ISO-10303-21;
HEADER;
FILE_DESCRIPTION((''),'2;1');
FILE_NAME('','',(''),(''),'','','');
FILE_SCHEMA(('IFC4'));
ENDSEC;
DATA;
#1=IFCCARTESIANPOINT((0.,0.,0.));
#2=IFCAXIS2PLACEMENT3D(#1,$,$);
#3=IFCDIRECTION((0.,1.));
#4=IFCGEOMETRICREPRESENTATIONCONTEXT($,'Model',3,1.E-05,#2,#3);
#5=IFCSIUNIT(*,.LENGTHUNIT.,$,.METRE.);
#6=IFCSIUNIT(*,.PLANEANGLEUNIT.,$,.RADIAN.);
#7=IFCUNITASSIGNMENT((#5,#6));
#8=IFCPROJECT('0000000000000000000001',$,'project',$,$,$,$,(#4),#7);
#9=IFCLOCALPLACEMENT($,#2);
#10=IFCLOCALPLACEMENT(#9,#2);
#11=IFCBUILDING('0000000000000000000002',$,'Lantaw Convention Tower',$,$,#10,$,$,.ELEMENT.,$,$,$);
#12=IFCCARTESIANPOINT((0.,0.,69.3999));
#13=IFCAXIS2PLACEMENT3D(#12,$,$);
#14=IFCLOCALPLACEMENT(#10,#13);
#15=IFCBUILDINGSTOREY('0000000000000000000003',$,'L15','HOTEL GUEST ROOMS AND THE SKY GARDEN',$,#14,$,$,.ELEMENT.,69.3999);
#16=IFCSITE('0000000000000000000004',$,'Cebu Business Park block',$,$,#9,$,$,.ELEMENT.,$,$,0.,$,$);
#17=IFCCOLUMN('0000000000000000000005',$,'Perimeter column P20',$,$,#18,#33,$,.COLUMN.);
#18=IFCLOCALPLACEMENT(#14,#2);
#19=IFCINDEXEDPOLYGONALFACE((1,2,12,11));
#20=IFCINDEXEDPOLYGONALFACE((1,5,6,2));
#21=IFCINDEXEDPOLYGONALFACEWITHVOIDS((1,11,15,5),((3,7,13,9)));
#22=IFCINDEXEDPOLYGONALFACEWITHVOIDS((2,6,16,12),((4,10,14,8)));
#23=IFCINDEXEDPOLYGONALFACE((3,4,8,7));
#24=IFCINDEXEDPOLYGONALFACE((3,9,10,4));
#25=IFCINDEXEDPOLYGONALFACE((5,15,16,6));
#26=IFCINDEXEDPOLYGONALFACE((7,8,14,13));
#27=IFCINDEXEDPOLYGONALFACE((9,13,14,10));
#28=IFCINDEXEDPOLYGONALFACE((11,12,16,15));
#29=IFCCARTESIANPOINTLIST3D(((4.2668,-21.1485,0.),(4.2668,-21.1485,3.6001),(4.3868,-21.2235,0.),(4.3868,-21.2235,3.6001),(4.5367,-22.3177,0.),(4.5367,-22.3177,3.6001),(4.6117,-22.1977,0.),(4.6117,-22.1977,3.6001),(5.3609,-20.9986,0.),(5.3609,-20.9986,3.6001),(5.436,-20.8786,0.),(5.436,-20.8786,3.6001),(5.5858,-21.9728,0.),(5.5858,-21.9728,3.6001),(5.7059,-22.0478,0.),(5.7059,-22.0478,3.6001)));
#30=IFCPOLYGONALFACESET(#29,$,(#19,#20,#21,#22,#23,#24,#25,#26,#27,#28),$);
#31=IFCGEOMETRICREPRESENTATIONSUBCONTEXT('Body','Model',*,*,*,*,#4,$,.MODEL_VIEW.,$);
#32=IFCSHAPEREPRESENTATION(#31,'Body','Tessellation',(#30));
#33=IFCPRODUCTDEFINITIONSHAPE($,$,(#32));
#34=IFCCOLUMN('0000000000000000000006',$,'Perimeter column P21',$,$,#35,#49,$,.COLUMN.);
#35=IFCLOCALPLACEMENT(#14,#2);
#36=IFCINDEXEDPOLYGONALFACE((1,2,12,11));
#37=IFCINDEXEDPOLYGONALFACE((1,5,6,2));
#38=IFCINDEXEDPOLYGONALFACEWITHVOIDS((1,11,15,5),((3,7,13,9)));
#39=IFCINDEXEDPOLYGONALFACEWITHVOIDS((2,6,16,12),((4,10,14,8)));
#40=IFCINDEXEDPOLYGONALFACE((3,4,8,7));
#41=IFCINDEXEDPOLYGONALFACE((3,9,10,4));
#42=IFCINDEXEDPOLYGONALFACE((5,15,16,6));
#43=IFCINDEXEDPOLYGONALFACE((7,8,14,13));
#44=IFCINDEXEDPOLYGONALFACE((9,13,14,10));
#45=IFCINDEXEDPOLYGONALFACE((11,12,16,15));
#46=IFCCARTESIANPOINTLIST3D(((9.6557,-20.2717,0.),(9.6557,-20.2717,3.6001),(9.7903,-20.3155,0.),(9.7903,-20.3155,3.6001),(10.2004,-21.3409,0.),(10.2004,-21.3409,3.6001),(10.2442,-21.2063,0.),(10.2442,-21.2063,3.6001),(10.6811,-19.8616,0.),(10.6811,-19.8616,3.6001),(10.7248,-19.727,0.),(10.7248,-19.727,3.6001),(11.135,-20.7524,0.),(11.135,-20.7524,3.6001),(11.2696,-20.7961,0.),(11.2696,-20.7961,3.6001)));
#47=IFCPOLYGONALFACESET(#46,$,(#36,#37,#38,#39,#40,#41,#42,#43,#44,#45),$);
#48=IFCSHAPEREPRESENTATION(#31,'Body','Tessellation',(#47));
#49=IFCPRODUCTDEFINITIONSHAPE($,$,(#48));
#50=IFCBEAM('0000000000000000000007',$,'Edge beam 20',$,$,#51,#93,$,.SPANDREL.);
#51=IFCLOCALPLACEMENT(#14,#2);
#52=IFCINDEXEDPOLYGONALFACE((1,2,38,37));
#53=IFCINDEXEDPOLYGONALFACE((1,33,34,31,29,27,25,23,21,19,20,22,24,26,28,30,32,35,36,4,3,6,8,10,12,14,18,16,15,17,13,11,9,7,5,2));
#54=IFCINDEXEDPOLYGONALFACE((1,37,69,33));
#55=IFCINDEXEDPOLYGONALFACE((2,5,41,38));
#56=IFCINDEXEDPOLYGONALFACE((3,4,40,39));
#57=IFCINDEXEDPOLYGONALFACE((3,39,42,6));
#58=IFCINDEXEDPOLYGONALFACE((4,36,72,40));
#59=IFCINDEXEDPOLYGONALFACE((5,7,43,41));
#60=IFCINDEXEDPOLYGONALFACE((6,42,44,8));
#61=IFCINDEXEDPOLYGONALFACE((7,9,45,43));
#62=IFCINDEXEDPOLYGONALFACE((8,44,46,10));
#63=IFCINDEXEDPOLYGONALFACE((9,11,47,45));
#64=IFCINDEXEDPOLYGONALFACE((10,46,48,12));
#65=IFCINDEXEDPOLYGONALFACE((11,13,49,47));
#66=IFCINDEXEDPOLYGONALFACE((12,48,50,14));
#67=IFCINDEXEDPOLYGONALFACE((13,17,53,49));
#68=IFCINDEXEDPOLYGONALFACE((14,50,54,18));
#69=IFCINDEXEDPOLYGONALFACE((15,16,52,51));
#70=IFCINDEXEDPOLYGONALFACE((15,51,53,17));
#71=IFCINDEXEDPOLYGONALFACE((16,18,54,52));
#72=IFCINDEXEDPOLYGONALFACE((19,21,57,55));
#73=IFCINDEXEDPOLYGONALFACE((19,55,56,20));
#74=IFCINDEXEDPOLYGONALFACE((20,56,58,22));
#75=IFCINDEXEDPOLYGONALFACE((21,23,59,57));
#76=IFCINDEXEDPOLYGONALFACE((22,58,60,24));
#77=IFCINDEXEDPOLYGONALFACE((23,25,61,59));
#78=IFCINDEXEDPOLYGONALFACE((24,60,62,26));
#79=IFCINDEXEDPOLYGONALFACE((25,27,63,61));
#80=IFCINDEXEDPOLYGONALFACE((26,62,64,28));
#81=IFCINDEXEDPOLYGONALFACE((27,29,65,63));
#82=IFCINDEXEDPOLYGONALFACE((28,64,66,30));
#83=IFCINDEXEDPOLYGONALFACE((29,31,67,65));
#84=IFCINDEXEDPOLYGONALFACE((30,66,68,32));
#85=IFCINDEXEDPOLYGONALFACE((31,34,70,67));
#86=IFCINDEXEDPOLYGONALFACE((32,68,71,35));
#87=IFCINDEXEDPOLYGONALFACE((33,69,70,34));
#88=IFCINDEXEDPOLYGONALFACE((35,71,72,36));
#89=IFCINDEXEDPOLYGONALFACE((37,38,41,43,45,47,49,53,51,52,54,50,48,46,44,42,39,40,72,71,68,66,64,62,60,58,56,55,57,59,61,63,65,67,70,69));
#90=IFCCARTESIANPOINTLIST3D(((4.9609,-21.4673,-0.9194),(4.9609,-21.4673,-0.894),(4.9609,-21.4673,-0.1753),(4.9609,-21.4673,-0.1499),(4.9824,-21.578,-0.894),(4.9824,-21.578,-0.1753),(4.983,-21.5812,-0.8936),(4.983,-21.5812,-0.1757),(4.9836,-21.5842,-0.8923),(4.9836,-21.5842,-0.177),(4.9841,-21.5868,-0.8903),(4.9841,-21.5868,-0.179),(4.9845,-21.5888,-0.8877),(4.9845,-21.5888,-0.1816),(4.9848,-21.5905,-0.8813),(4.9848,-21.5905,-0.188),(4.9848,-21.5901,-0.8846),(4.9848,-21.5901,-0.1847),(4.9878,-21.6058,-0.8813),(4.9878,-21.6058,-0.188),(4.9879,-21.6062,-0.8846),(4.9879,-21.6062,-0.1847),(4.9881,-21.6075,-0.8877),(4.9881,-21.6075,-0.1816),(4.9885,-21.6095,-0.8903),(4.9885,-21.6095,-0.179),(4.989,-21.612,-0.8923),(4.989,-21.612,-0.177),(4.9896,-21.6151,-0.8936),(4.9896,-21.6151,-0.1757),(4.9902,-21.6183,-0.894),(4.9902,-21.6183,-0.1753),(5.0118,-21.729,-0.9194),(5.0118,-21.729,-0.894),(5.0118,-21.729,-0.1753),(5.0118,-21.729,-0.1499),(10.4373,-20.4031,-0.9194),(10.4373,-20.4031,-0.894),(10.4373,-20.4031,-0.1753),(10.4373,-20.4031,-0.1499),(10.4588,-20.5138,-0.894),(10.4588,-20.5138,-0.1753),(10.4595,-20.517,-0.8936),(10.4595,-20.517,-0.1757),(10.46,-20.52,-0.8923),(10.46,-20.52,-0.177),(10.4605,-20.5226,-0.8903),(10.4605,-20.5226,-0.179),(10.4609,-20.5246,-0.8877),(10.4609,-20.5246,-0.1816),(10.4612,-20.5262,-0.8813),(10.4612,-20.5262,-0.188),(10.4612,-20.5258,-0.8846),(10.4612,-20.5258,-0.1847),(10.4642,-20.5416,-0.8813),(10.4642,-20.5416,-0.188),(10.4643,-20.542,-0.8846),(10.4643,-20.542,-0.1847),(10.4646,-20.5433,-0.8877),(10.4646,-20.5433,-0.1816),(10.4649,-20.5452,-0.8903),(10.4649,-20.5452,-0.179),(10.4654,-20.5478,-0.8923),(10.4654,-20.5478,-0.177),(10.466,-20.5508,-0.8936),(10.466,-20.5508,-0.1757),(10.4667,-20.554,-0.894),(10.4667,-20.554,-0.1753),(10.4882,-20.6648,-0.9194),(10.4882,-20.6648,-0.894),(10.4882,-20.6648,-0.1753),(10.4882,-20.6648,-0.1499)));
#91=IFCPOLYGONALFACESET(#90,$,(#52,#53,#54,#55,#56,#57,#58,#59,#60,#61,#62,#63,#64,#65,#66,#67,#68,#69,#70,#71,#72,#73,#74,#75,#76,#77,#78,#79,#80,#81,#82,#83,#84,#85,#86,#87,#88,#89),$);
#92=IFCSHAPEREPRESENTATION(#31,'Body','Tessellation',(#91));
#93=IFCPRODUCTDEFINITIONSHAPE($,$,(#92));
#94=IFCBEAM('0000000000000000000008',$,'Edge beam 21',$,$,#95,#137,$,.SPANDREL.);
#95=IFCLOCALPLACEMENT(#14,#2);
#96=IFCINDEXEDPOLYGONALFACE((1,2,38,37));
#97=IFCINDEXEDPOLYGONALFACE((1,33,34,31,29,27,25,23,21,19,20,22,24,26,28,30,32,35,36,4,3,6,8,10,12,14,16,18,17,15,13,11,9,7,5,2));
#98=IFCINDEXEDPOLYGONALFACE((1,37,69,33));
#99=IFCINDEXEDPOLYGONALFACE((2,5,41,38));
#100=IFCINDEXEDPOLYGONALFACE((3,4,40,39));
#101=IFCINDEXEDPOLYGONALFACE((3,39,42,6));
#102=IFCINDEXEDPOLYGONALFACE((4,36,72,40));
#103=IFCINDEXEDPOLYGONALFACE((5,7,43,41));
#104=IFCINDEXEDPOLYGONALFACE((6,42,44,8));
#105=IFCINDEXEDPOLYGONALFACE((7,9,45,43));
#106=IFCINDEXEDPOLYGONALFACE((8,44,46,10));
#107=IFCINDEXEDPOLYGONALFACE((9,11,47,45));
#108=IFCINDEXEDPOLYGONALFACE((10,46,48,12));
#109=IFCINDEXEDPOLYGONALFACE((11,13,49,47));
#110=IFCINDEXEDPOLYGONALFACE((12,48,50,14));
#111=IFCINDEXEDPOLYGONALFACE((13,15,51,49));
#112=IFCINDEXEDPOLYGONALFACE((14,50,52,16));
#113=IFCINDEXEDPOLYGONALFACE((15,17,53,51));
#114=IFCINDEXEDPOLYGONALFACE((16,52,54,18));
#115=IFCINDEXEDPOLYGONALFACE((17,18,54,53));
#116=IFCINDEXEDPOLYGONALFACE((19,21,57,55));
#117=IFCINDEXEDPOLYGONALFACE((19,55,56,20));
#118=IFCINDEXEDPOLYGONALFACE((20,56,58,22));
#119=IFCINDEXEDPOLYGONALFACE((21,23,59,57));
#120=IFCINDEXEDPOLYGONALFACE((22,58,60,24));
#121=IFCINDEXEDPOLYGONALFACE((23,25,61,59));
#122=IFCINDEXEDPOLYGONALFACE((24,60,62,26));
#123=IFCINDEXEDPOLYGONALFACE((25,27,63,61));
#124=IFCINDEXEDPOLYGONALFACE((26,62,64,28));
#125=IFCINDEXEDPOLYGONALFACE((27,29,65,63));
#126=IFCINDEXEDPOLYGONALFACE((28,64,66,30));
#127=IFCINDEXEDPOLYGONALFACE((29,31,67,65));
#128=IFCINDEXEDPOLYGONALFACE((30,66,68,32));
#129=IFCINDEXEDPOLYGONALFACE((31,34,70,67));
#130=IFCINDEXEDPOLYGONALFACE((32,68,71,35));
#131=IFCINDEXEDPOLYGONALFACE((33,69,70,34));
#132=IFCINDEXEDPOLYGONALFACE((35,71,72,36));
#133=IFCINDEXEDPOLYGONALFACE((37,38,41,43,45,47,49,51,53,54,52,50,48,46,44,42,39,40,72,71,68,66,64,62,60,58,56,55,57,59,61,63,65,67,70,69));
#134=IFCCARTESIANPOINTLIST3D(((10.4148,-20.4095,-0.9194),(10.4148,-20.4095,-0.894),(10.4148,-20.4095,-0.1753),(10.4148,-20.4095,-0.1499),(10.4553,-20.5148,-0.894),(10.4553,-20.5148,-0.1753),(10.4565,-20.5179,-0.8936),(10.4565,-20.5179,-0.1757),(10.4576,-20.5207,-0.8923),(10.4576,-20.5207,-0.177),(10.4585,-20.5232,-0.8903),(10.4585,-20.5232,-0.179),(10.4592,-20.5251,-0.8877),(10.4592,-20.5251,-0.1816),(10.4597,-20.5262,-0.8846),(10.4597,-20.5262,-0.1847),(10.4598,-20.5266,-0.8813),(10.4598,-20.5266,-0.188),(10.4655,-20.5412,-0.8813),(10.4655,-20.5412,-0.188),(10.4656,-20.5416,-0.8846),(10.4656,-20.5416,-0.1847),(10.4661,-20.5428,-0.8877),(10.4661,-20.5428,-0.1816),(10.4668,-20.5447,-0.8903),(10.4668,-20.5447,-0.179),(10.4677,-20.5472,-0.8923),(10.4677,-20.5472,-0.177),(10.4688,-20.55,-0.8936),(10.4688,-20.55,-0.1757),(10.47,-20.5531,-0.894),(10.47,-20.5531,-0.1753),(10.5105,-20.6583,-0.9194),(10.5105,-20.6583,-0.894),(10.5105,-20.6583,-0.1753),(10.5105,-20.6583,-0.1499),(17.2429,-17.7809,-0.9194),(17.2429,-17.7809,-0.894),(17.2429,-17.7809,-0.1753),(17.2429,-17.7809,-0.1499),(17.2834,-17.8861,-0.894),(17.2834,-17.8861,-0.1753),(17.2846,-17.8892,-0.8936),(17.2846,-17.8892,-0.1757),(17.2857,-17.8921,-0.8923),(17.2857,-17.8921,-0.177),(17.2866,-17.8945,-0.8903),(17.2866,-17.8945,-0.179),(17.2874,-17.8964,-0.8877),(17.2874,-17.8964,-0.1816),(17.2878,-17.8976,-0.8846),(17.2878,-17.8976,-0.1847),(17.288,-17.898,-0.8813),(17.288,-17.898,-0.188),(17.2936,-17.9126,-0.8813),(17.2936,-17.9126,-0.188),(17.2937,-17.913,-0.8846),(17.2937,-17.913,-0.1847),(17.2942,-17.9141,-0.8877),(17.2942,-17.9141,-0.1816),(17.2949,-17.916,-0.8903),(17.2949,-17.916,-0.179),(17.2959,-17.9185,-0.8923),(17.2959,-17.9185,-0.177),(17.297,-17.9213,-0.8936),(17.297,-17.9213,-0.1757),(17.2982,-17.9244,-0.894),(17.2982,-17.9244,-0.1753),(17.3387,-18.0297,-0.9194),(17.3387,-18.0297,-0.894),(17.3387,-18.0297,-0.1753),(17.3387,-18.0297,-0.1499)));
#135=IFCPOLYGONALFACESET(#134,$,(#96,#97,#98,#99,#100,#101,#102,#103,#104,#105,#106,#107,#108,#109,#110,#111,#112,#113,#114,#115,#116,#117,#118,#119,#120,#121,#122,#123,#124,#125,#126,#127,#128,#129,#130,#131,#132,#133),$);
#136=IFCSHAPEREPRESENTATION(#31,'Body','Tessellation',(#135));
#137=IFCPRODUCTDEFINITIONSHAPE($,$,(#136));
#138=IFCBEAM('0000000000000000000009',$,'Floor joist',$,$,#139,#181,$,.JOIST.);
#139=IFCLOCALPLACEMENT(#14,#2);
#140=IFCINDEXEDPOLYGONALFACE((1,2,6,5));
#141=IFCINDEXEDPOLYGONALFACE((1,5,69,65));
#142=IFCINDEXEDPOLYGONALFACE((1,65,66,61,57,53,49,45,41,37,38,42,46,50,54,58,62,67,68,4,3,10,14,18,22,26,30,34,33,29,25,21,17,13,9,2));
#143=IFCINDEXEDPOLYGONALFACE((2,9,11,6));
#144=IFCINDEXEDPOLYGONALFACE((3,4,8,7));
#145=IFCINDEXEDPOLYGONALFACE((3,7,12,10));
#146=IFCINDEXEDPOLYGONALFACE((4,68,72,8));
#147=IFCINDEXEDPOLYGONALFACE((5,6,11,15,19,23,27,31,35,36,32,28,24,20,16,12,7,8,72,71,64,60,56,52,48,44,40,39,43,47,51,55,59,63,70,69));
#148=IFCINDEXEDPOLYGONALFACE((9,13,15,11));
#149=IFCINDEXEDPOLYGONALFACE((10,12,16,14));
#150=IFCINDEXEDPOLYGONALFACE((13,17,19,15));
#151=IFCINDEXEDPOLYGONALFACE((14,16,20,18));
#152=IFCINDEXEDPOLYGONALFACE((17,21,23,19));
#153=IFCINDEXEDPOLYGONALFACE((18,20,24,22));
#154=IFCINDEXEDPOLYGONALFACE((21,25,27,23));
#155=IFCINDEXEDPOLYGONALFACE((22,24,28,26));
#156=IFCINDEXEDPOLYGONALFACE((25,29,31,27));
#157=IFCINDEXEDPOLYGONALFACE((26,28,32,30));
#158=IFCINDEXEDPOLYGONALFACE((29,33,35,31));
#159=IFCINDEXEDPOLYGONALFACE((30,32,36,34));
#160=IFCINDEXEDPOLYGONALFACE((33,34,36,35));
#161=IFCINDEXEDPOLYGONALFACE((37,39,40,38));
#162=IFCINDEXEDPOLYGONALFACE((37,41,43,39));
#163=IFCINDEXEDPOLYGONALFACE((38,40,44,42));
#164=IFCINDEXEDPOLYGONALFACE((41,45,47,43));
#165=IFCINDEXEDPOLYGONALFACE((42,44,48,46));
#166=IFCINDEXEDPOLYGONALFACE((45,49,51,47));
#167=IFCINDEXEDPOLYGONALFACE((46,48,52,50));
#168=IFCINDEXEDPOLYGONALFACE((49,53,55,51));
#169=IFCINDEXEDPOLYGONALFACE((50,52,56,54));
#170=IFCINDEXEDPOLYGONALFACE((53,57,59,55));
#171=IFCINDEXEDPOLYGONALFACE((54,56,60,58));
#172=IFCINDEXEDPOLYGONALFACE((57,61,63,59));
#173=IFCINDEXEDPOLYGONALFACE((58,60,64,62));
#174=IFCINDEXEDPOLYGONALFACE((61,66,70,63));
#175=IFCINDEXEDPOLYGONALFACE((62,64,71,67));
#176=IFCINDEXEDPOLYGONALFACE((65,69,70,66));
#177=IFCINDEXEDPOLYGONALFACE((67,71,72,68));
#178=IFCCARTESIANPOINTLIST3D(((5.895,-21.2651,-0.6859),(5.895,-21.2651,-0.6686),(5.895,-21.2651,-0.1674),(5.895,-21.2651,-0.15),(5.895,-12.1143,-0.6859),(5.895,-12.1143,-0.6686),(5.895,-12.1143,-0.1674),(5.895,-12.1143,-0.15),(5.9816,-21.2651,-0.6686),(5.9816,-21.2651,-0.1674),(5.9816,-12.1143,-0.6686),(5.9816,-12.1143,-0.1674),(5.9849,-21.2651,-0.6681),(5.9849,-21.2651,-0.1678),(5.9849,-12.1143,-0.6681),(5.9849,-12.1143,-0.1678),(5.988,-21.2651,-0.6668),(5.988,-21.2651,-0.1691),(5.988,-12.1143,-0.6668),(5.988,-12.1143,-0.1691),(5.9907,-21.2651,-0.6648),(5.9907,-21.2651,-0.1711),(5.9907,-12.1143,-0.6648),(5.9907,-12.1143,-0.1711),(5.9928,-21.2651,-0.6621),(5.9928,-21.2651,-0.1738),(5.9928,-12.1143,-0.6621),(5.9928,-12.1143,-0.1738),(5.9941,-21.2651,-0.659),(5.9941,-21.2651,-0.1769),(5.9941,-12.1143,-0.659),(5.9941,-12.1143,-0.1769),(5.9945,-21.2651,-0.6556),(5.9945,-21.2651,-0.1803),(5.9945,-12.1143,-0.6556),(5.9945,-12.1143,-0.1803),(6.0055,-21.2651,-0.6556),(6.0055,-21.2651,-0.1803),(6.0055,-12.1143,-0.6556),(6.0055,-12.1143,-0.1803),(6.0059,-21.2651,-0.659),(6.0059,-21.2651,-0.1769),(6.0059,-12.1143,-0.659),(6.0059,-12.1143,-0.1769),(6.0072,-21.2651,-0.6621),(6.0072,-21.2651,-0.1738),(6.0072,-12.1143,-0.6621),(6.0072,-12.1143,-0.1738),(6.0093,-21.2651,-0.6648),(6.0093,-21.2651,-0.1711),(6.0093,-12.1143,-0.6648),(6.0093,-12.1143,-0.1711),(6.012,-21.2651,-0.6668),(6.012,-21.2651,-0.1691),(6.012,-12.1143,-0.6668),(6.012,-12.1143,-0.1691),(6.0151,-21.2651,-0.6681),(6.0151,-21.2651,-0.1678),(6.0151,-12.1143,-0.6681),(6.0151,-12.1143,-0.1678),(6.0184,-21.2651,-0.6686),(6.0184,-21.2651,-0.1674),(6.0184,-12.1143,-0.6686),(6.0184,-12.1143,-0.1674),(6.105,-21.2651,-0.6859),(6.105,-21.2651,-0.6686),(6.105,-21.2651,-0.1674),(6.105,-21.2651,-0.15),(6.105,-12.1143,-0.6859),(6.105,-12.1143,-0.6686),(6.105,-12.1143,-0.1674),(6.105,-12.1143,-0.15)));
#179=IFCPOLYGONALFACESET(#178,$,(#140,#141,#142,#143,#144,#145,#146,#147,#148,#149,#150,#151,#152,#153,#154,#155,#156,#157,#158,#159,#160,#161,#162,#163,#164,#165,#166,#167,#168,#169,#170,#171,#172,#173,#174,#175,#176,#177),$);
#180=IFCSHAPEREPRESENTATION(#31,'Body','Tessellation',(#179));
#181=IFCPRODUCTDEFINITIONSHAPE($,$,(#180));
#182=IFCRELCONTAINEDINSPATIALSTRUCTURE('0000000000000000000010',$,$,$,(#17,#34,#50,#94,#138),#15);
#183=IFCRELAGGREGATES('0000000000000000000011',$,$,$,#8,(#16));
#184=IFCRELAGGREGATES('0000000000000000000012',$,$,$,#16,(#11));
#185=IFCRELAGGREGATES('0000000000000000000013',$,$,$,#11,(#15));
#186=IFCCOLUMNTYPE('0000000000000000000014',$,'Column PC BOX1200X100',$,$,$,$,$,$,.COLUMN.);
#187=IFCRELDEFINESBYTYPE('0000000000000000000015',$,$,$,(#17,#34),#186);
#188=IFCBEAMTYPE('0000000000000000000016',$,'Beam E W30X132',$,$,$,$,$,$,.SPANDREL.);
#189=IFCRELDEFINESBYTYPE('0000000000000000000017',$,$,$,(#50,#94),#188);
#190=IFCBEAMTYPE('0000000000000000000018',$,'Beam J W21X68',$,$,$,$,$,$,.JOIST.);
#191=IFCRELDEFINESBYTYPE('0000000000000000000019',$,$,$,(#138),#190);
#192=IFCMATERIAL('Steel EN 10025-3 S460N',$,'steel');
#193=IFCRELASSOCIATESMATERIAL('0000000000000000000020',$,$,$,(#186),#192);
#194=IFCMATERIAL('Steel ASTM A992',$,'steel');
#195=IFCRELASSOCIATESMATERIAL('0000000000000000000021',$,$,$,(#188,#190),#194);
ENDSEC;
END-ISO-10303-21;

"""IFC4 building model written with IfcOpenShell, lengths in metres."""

from ifc_helpers import new_model, si_unit, direction, frame, origin, origin_2d, place, context, subcontext, project, spatial, rectangle, hollow_rectangle, i_section, extrude, material, material_profile, profile_set, type_object, element, save


model = new_model("IFC4")

# Units and contexts
model_context = context("Model", 3, precision=1e-05, world=origin(), true_north=direction((0.0, 1.0)))
body_context = subcontext(model_context, "Body", "Model", "MODEL_VIEW")
ifc_project = project(units=[si_unit("LENGTHUNIT", "METRE"), si_unit("PLANEANGLEUNIT", "RADIAN")], contexts=[model_context])

# Site, building, storey
site_placement = place(None, origin())
site = spatial("IfcSite", under=ifc_project, at=site_placement, Name="Cebu Business Park block", CompositionType="ELEMENT", RefElevation=0.0)
building_placement = place(site_placement, origin())
building = spatial("IfcBuilding", under=site, at=building_placement, Name="Lantaw Convention Tower", CompositionType="ELEMENT")
storey_placement = place(building_placement, frame((0.0, 0.0, 69.3999)))
storey = spatial("IfcBuildingStorey", under=building, at=storey_placement, Name="L15", Description="HOTEL GUEST ROOMS AND THE SKY GARDEN", CompositionType="ELEMENT", Elevation=69.3999)

# Columns
ifc_material_1 = material(Name="Steel EN 10025-3 S460N", Category="steel")
ifc_material_profile_1 = material_profile(ifc_material_1, hollow_rectangle(XDim=1.2, YDim=1.2, WallThickness=0.1001, at=origin_2d()), Name="BOX1200X100")
ifc_material_2 = material(Name="Concrete C60/75", Category="concrete")
ifc_material_profile_2 = material_profile(ifc_material_2, rectangle(XDim=1.0, YDim=1.0, at=origin_2d()), Name="Concrete fill of BOX1200X100")
ifc_profile_set_1 = profile_set([ifc_material_profile_1, ifc_material_profile_2], Name="Steel EN 10025-3 S460N")
column_type = type_object("IfcColumnType", Name="Column PC BOX1200X100", PredefinedType="COLUMN", material=ifc_profile_set_1)
for number, where, z_axis, x_axis, name in (
    (1, (4.9863, -21.5981, 0.0), (0.0, 0.0, 1.0), (0.97437, 0.224951, 0.0), "Perimeter column P20"),
    (2, (10.4626, -20.5339, 0.0), (0.0, 0.0, 1.0), (0.891007, 0.45399, 0.0), "Perimeter column P21"),
):
    element("IfcColumn", number, at=place(storey_placement, frame(where, z_axis=z_axis, x_axis=x_axis)), inside=storey, type_object=column_type, Name=name, PredefinedType="COLUMN", context=body_context, shape_type="SweptSolid", body=[
        extrude(hollow_rectangle(XDim=1.2, YDim=1.2, WallThickness=0.1001, at=origin_2d()), origin(), (0.0, 0.0, 1.0), 3.6001),
    ])

# Beams
ifc_material_3 = material(Name="Steel ASTM A992", Category="steel")
ifc_material_profile_3 = material_profile(ifc_material_3, i_section(OverallWidth=0.2666, OverallDepth=0.7695, WebThickness=0.0156, FlangeThickness=0.0254, FilletRadius=0.0127, at=origin_2d()), Name="W30X132")
ifc_profile_set_2 = profile_set([ifc_material_profile_3], Name="Steel ASTM A992")
beam_type_1 = type_object("IfcBeamType", Name="Beam E W30X132", PredefinedType="SPANDREL", material=ifc_profile_set_2)
beam_1_placement = place(storey_placement, frame((4.9863, -21.5981, -0.5347), z_axis=(0.981637, 0.190761, 0.0), x_axis=(-0.190761, 0.981637, 0.0)))
element("IfcBeam", 3, at=beam_1_placement, inside=storey, type_object=beam_type_1, Name="Edge beam 20", PredefinedType="SPANDREL", context=body_context, shape_type="SweptSolid", body=[
    extrude(i_section(OverallWidth=0.2666, OverallDepth=0.7695, WebThickness=0.0156, FlangeThickness=0.0254, FilletRadius=0.0127, at=origin_2d()), origin(), (0.0, 0.0, 1.0), 5.5789),
])
beam_2_placement = place(storey_placement, frame((10.4626, -20.5339, -0.5347), z_axis=(0.933233, 0.359272, 0.0), x_axis=(-0.359272, 0.933233, 0.0)))
element("IfcBeam", 4, at=beam_2_placement, inside=storey, type_object=beam_type_1, Name="Edge beam 21", PredefinedType="SPANDREL", context=body_context, shape_type="SweptSolid", body=[
    extrude(i_section(OverallWidth=0.2666, OverallDepth=0.7695, WebThickness=0.0156, FlangeThickness=0.0254, FilletRadius=0.0127, at=origin_2d()), origin(), (0.0, 0.0, 1.0), 7.3167),
])
ifc_material_profile_4 = material_profile(ifc_material_3, i_section(OverallWidth=0.21, OverallDepth=0.5359, WebThickness=0.011, FlangeThickness=0.0173, FilletRadius=0.0129, at=origin_2d()), Name="W21X68")
ifc_profile_set_3 = profile_set([ifc_material_profile_4], Name="Steel ASTM A992")
beam_type_2 = type_object("IfcBeamType", Name="Beam J W21X68", PredefinedType="JOIST", material=ifc_profile_set_3)
beam_3_placement = place(storey_placement, frame((6.0, -21.2651, -0.418), z_axis=(0.0, 1.0, 0.0), x_axis=(-1.0, 0.0, 0.0)))
element("IfcBeam", 5, at=beam_3_placement, inside=storey, type_object=beam_type_2, Name="Floor joist", PredefinedType="JOIST", context=body_context, shape_type="SweptSolid", body=[
    extrude(i_section(OverallWidth=0.21, OverallDepth=0.5359, WebThickness=0.011, FlangeThickness=0.0173, FilletRadius=0.0129, at=origin_2d()), origin(), (0.0, 0.0, 1.0), 9.1509),
])

save(model, "model.ifc")
